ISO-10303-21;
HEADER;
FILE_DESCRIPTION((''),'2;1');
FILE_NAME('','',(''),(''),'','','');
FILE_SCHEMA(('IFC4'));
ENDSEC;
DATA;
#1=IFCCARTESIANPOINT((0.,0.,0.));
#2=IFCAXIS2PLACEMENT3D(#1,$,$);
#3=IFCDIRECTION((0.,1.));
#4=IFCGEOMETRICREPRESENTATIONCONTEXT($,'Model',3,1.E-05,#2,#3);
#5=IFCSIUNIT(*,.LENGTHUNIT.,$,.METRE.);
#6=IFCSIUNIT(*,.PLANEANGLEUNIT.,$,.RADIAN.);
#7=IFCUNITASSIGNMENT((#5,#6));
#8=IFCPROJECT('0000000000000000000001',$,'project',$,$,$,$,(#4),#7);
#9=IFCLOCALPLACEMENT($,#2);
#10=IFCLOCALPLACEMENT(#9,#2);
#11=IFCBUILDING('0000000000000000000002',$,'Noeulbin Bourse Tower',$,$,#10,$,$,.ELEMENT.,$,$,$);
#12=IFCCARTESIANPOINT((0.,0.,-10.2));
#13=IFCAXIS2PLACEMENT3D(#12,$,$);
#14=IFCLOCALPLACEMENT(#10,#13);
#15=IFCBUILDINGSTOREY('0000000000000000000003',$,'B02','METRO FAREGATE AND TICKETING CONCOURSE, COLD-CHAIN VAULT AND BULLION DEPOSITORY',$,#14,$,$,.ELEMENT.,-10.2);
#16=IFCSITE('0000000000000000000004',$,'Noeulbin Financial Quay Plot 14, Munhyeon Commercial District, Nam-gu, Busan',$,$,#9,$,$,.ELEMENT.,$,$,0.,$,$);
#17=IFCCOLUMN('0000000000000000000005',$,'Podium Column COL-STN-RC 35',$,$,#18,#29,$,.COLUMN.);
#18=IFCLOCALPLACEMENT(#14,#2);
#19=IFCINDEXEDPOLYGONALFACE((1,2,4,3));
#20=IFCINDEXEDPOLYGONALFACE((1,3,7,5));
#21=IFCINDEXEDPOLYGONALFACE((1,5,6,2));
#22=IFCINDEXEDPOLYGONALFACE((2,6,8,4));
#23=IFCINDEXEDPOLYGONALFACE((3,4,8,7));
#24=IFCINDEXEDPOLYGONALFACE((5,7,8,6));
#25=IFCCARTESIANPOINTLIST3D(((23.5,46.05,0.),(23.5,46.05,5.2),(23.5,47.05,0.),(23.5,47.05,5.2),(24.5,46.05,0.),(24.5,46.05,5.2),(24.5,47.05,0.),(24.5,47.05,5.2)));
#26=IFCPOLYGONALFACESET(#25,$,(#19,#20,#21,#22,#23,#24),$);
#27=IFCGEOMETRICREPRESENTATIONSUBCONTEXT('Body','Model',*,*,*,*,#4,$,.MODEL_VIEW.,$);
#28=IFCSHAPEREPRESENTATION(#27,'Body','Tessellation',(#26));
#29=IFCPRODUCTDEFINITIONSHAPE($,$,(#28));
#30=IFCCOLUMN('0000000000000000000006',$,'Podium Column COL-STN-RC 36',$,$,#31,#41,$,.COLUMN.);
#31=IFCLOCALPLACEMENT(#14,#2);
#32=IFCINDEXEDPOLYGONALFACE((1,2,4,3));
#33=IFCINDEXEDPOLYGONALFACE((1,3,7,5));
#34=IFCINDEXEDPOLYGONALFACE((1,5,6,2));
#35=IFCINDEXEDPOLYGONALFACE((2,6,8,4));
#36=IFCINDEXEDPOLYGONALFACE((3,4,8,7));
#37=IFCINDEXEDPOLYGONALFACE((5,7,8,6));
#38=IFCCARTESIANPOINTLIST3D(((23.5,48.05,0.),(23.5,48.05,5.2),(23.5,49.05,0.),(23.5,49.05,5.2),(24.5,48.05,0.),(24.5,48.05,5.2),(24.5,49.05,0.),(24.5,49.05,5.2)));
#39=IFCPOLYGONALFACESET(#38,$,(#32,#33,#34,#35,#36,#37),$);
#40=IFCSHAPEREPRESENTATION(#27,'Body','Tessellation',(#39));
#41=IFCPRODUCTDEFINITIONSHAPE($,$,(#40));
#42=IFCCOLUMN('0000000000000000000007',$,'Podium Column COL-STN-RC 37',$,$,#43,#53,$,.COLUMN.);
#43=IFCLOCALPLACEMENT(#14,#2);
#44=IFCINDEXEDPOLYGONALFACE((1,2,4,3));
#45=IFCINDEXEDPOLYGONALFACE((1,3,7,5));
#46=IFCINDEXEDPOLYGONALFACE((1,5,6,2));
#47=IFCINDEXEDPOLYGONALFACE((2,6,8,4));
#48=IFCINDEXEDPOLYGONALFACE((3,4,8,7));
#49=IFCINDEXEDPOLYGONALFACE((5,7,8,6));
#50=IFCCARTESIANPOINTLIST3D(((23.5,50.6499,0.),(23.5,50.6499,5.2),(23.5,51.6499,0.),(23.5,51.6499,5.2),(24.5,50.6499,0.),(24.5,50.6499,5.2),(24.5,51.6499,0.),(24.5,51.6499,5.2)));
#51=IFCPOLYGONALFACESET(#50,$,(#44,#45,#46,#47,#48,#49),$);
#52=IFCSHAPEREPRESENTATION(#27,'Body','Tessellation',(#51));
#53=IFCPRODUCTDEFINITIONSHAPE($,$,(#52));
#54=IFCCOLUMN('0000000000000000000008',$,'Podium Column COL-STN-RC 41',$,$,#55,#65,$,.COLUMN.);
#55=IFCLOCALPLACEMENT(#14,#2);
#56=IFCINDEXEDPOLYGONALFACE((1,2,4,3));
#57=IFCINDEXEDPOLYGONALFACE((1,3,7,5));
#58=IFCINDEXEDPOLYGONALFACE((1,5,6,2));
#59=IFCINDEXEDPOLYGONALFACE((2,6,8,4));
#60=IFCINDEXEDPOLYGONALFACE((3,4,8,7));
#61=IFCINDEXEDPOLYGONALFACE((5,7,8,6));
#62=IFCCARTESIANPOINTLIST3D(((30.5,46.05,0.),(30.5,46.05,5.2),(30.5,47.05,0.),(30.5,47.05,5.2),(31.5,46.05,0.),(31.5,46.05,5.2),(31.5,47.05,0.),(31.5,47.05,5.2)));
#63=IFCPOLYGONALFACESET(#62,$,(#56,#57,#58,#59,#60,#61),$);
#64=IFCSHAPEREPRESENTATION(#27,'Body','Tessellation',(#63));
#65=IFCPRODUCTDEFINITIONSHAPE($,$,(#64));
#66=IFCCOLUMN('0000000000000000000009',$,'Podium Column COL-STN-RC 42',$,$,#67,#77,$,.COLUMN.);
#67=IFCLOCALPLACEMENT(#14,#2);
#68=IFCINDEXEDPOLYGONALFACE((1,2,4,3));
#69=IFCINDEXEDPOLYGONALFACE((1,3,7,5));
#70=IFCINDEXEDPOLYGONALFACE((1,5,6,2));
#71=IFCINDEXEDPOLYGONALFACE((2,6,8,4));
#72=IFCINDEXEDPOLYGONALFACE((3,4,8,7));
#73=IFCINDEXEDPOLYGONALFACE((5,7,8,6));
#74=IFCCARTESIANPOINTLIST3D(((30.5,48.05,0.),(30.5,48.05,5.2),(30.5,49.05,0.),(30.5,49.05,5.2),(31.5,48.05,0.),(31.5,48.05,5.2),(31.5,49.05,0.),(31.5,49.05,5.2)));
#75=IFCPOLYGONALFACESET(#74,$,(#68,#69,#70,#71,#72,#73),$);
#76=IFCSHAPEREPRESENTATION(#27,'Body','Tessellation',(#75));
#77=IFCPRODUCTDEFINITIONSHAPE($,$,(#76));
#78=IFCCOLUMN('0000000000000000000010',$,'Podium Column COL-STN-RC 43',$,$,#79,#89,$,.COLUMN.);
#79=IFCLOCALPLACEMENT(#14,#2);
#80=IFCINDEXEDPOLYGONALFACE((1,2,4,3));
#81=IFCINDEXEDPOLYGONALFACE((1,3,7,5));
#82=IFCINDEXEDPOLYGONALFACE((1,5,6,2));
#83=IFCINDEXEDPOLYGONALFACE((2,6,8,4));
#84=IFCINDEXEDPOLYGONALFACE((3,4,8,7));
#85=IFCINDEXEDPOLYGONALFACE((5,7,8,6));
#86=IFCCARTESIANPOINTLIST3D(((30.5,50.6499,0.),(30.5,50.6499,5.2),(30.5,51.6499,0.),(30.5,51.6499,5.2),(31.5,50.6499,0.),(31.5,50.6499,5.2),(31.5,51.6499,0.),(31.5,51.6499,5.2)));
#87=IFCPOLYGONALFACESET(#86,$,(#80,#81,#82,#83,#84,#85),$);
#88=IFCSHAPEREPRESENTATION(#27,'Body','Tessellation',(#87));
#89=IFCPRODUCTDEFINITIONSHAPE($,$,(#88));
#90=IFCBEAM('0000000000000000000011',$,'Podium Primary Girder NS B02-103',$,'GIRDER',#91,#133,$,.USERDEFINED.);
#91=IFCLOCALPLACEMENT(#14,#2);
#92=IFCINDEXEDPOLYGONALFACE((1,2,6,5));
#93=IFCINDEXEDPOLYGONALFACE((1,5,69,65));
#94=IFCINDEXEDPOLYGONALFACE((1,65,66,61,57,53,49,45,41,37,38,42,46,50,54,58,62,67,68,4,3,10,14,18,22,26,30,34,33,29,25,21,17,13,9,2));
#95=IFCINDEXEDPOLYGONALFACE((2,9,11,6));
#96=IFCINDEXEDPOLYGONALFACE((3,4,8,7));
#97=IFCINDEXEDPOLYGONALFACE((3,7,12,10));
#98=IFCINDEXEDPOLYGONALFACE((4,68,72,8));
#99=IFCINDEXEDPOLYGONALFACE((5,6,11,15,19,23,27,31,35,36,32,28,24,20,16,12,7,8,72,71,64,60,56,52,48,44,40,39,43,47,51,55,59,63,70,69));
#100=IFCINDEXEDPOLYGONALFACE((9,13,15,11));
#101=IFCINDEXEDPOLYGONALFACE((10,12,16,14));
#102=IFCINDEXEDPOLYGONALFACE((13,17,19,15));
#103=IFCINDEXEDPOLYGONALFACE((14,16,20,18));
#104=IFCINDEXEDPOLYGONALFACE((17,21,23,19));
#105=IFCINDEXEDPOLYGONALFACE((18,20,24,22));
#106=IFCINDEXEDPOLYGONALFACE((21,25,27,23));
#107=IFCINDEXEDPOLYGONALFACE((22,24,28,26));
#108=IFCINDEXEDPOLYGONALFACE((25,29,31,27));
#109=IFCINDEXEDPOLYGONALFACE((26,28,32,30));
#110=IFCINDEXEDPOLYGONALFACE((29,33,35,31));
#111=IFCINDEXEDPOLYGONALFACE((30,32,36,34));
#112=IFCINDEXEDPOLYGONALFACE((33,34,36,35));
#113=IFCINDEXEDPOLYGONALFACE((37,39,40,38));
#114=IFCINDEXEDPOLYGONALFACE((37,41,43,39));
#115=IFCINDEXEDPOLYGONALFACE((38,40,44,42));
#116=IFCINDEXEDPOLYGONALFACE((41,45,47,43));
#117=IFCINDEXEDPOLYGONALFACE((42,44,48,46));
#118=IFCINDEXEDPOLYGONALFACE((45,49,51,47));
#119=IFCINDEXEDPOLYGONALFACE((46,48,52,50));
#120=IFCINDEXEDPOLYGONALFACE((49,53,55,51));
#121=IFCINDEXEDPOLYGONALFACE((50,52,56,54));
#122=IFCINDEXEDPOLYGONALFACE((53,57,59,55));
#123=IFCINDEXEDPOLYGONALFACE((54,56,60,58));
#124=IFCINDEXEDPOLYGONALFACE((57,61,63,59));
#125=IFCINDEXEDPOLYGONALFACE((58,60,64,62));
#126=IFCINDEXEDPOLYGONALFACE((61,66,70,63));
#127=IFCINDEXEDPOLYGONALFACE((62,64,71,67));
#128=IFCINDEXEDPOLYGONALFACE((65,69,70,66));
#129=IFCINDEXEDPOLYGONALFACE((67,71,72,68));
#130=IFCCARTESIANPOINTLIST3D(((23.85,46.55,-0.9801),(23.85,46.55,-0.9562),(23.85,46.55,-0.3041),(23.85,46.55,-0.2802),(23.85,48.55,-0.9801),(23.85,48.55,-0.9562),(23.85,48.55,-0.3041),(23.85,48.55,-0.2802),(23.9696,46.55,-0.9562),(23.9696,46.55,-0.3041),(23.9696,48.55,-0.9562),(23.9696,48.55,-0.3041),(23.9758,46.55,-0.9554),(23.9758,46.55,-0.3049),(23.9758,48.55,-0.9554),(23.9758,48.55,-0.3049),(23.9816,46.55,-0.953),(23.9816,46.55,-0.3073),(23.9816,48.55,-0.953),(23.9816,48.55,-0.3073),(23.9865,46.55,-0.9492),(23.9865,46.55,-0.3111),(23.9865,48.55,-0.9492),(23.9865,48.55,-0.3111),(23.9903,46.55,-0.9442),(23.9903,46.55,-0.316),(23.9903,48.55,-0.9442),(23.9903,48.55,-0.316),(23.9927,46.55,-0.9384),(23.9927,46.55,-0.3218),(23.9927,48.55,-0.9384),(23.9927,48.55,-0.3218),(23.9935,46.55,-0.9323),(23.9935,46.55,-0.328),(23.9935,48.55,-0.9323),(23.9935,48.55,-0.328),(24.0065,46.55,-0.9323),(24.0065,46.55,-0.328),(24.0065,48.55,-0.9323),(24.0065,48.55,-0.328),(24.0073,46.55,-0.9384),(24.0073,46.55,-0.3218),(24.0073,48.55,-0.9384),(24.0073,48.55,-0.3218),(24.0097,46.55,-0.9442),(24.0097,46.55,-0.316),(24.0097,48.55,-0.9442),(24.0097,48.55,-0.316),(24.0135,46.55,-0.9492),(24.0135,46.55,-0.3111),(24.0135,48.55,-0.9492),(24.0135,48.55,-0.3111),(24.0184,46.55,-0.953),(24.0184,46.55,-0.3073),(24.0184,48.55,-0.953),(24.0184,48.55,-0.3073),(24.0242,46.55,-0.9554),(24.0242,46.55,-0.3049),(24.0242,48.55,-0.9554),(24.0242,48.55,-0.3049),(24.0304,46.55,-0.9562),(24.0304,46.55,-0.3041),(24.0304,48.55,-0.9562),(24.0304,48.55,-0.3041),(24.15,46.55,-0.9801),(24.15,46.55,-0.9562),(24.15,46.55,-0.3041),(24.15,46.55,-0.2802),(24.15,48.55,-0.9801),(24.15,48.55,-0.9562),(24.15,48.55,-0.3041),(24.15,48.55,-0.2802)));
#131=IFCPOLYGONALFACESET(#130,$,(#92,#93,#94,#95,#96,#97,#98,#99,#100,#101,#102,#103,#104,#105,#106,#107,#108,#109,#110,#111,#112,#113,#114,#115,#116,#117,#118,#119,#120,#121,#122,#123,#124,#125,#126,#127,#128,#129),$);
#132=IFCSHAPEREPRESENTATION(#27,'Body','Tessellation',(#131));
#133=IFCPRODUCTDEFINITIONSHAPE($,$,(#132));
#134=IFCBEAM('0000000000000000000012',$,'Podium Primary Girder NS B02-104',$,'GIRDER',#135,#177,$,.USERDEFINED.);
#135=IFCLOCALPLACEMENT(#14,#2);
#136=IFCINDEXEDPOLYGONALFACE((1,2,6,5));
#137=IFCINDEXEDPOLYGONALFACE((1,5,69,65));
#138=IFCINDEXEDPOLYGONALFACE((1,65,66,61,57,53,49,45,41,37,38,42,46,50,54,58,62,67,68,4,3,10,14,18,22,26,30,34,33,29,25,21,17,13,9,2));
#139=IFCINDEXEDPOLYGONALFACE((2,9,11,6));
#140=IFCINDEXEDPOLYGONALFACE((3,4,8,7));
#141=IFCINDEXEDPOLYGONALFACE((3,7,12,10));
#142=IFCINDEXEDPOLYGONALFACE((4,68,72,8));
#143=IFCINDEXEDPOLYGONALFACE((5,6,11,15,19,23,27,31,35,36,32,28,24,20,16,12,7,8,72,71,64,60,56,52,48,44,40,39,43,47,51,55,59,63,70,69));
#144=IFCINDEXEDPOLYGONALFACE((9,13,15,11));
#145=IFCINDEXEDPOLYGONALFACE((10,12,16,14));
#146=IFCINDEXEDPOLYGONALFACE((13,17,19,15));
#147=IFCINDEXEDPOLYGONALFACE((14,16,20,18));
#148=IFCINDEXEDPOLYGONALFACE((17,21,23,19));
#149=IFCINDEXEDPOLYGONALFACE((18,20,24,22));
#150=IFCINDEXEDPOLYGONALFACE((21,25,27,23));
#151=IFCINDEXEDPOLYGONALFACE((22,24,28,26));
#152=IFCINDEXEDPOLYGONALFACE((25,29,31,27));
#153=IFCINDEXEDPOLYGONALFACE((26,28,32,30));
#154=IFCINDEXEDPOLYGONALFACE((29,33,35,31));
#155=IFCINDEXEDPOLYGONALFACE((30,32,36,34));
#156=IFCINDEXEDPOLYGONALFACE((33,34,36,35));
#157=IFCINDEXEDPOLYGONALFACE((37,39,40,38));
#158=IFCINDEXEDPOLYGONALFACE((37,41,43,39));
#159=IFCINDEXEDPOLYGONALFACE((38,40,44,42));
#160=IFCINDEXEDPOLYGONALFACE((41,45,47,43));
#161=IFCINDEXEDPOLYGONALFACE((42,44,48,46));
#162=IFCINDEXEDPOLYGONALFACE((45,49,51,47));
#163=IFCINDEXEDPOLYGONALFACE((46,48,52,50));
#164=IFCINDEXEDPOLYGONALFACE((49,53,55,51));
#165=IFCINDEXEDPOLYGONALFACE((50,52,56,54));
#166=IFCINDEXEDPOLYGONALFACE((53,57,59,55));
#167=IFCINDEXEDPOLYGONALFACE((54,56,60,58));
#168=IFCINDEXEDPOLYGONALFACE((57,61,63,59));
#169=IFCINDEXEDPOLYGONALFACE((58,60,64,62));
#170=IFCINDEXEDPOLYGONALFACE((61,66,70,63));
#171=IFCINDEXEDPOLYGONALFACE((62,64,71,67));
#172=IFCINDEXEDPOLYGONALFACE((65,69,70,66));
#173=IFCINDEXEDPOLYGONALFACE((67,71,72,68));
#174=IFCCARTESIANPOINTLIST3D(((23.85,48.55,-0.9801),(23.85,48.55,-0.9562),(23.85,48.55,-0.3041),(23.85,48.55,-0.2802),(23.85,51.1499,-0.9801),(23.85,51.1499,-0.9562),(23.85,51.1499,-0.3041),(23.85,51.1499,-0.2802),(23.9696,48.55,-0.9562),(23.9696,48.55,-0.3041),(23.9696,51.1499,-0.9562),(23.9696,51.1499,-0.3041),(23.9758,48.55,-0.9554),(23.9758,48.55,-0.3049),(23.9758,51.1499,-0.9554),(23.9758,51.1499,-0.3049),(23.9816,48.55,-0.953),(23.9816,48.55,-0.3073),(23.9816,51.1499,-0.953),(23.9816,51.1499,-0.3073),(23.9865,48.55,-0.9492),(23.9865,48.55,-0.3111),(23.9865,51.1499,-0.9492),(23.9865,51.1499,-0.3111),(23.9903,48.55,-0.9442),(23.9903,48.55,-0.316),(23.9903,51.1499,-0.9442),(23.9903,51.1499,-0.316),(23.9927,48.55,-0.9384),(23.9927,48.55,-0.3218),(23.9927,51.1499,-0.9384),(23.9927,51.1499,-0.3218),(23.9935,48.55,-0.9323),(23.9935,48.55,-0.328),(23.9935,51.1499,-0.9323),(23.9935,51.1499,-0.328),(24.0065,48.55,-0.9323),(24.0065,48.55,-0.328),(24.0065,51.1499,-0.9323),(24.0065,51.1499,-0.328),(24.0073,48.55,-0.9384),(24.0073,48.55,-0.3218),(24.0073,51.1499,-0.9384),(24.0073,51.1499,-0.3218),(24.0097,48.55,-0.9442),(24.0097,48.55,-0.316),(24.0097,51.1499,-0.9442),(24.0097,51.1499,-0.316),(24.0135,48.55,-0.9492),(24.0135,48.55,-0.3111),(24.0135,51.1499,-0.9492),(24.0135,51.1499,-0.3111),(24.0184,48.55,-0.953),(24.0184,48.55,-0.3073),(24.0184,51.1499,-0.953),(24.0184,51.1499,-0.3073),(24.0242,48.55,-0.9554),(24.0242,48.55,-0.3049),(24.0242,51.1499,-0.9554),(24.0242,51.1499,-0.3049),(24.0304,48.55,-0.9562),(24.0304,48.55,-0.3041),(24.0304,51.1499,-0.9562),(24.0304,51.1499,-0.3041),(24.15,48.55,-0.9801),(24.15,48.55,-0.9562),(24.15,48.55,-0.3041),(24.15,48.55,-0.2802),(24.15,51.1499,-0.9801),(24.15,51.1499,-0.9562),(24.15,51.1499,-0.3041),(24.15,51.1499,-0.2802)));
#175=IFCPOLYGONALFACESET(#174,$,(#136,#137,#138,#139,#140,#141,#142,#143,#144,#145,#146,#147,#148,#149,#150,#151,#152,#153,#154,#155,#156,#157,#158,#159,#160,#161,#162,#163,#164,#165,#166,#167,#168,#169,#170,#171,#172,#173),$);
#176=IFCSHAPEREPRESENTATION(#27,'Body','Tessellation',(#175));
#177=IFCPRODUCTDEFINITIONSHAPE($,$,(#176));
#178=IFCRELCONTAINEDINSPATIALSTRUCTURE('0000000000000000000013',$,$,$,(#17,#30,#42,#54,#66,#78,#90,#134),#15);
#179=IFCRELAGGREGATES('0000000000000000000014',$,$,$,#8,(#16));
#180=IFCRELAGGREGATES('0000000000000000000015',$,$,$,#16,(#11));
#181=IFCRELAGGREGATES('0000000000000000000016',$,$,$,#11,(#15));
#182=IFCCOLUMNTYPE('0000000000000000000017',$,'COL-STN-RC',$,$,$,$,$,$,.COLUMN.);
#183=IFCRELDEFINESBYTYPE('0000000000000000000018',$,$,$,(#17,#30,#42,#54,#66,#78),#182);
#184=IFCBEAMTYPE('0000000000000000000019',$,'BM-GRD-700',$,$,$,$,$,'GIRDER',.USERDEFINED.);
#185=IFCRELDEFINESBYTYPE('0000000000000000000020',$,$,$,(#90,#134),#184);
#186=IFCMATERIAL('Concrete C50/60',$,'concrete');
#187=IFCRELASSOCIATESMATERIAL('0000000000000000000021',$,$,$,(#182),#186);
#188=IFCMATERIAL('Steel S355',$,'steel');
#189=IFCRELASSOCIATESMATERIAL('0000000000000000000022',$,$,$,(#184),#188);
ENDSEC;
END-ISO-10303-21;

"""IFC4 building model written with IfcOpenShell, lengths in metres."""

from ifc_helpers import new_model, si_unit, direction, frame, origin, origin_2d, place, context, subcontext, project, spatial, rectangle, i_section, extrude, material, material_profile, profile_set, type_object, element, save


model = new_model("IFC4")

# Units and contexts
model_context = context("Model", 3, precision=1e-05, world=origin(), true_north=direction((0.0, 1.0)))
body_context = subcontext(model_context, "Body", "Model", "MODEL_VIEW")
ifc_project = project(units=[si_unit("LENGTHUNIT", "METRE"), si_unit("PLANEANGLEUNIT", "RADIAN")], contexts=[model_context])

# Site, building, storey
site_placement = place(None, origin())
site = spatial("IfcSite", under=ifc_project, at=site_placement, Name="Noeulbin Financial Quay Plot 14, Munhyeon Commercial District, Nam-gu, Busan", CompositionType="ELEMENT", RefElevation=0.0)
building_placement = place(site_placement, origin())
building = spatial("IfcBuilding", under=site, at=building_placement, Name="Noeulbin Bourse Tower", CompositionType="ELEMENT")
storey_placement = place(building_placement, frame((0.0, 0.0, -10.2)))
storey = spatial("IfcBuildingStorey", under=building, at=storey_placement, Name="B02", Description="METRO FAREGATE AND TICKETING CONCOURSE, COLD-CHAIN VAULT AND BULLION DEPOSITORY", CompositionType="ELEMENT", Elevation=-10.2)

# Columns
ifc_material_1 = material(Name="Concrete C50/60", Category="concrete")
ifc_material_profile_1 = material_profile(ifc_material_1, rectangle(XDim=1.0, YDim=1.0, at=origin_2d()), Name="RC-COL-1000x1000", Category="LoadBearing")
ifc_profile_set_1 = profile_set([ifc_material_profile_1], Name="Concrete C50/60")
column_type = type_object("IfcColumnType", Name="COL-STN-RC", PredefinedType="COLUMN", material=ifc_profile_set_1)
for number, where, z_axis, x_axis, name in (
    (1, (24.0, 46.55, 0.0), (0.0, 0.0, 1.0), (1.0, 0.0, 0.0), "Podium Column COL-STN-RC 35"),
    (2, (24.0, 48.55, 0.0), (0.0, 0.0, 1.0), (1.0, 0.0, 0.0), "Podium Column COL-STN-RC 36"),
    (3, (24.0, 51.1499, 0.0), (0.0, 0.0, 1.0), (1.0, 0.0, 0.0), "Podium Column COL-STN-RC 37"),
    (4, (31.0, 46.55, 0.0), (0.0, 0.0, 1.0), (1.0, 0.0, 0.0), "Podium Column COL-STN-RC 41"),
    (5, (31.0, 48.55, 0.0), (0.0, 0.0, 1.0), (1.0, 0.0, 0.0), "Podium Column COL-STN-RC 42"),
    (6, (31.0, 51.1499, 0.0), (0.0, 0.0, 1.0), (1.0, 0.0, 0.0), "Podium Column COL-STN-RC 43"),
):
    element("IfcColumn", number, at=place(storey_placement, frame(where, z_axis=z_axis, x_axis=x_axis)), inside=storey, type_object=column_type, Name=name, PredefinedType="COLUMN", context=body_context, shape_type="SweptSolid", body=[
        extrude(rectangle(XDim=1.0, YDim=1.0, at=origin_2d()), origin(), (0.0, 0.0, 1.0), 5.2),
    ])

# Beams
ifc_material_2 = material(Name="Steel S355", Category="steel")
ifc_material_profile_2 = material_profile(ifc_material_2, i_section(OverallWidth=0.3, OverallDepth=0.7, WebThickness=0.0129, FlangeThickness=0.0239, FilletRadius=0.0239, at=origin_2d()), Name="H-700x300x13x24", Category="LoadBearing")
ifc_profile_set_2 = profile_set([ifc_material_profile_2], Name="Steel S355")
beam_type_1 = type_object("IfcBeamType", Name="BM-GRD-700", ElementType="GIRDER", PredefinedType="USERDEFINED", material=ifc_profile_set_2)
beam_1_placement = place(storey_placement, frame((24.0, 46.55, -0.6301), z_axis=(0.0, 1.0, 0.0), x_axis=(-1.0, 0.0, 0.0)))
element("IfcBeam", 7, at=beam_1_placement, inside=storey, type_object=beam_type_1, Name="Podium Primary Girder NS B02-103", ObjectType="GIRDER", PredefinedType="USERDEFINED", context=body_context, shape_type="SweptSolid", body=[
    extrude(i_section(OverallWidth=0.3, OverallDepth=0.7, WebThickness=0.0129, FlangeThickness=0.0239, FilletRadius=0.0239, at=origin_2d()), origin(), (0.0, 0.0, 1.0), 2.0),
])
beam_2_placement = place(storey_placement, frame((24.0, 48.55, -0.6301), z_axis=(0.0, 1.0, 0.0), x_axis=(-1.0, 0.0, 0.0)))
element("IfcBeam", 8, at=beam_2_placement, inside=storey, type_object=beam_type_1, Name="Podium Primary Girder NS B02-104", ObjectType="GIRDER", PredefinedType="USERDEFINED", context=body_context, shape_type="SweptSolid", body=[
    extrude(i_section(OverallWidth=0.3, OverallDepth=0.7, WebThickness=0.0129, FlangeThickness=0.0239, FilletRadius=0.0239, at=origin_2d()), origin(), (0.0, 0.0, 1.0), 2.5999),
])

save(model, "model.ifc")
